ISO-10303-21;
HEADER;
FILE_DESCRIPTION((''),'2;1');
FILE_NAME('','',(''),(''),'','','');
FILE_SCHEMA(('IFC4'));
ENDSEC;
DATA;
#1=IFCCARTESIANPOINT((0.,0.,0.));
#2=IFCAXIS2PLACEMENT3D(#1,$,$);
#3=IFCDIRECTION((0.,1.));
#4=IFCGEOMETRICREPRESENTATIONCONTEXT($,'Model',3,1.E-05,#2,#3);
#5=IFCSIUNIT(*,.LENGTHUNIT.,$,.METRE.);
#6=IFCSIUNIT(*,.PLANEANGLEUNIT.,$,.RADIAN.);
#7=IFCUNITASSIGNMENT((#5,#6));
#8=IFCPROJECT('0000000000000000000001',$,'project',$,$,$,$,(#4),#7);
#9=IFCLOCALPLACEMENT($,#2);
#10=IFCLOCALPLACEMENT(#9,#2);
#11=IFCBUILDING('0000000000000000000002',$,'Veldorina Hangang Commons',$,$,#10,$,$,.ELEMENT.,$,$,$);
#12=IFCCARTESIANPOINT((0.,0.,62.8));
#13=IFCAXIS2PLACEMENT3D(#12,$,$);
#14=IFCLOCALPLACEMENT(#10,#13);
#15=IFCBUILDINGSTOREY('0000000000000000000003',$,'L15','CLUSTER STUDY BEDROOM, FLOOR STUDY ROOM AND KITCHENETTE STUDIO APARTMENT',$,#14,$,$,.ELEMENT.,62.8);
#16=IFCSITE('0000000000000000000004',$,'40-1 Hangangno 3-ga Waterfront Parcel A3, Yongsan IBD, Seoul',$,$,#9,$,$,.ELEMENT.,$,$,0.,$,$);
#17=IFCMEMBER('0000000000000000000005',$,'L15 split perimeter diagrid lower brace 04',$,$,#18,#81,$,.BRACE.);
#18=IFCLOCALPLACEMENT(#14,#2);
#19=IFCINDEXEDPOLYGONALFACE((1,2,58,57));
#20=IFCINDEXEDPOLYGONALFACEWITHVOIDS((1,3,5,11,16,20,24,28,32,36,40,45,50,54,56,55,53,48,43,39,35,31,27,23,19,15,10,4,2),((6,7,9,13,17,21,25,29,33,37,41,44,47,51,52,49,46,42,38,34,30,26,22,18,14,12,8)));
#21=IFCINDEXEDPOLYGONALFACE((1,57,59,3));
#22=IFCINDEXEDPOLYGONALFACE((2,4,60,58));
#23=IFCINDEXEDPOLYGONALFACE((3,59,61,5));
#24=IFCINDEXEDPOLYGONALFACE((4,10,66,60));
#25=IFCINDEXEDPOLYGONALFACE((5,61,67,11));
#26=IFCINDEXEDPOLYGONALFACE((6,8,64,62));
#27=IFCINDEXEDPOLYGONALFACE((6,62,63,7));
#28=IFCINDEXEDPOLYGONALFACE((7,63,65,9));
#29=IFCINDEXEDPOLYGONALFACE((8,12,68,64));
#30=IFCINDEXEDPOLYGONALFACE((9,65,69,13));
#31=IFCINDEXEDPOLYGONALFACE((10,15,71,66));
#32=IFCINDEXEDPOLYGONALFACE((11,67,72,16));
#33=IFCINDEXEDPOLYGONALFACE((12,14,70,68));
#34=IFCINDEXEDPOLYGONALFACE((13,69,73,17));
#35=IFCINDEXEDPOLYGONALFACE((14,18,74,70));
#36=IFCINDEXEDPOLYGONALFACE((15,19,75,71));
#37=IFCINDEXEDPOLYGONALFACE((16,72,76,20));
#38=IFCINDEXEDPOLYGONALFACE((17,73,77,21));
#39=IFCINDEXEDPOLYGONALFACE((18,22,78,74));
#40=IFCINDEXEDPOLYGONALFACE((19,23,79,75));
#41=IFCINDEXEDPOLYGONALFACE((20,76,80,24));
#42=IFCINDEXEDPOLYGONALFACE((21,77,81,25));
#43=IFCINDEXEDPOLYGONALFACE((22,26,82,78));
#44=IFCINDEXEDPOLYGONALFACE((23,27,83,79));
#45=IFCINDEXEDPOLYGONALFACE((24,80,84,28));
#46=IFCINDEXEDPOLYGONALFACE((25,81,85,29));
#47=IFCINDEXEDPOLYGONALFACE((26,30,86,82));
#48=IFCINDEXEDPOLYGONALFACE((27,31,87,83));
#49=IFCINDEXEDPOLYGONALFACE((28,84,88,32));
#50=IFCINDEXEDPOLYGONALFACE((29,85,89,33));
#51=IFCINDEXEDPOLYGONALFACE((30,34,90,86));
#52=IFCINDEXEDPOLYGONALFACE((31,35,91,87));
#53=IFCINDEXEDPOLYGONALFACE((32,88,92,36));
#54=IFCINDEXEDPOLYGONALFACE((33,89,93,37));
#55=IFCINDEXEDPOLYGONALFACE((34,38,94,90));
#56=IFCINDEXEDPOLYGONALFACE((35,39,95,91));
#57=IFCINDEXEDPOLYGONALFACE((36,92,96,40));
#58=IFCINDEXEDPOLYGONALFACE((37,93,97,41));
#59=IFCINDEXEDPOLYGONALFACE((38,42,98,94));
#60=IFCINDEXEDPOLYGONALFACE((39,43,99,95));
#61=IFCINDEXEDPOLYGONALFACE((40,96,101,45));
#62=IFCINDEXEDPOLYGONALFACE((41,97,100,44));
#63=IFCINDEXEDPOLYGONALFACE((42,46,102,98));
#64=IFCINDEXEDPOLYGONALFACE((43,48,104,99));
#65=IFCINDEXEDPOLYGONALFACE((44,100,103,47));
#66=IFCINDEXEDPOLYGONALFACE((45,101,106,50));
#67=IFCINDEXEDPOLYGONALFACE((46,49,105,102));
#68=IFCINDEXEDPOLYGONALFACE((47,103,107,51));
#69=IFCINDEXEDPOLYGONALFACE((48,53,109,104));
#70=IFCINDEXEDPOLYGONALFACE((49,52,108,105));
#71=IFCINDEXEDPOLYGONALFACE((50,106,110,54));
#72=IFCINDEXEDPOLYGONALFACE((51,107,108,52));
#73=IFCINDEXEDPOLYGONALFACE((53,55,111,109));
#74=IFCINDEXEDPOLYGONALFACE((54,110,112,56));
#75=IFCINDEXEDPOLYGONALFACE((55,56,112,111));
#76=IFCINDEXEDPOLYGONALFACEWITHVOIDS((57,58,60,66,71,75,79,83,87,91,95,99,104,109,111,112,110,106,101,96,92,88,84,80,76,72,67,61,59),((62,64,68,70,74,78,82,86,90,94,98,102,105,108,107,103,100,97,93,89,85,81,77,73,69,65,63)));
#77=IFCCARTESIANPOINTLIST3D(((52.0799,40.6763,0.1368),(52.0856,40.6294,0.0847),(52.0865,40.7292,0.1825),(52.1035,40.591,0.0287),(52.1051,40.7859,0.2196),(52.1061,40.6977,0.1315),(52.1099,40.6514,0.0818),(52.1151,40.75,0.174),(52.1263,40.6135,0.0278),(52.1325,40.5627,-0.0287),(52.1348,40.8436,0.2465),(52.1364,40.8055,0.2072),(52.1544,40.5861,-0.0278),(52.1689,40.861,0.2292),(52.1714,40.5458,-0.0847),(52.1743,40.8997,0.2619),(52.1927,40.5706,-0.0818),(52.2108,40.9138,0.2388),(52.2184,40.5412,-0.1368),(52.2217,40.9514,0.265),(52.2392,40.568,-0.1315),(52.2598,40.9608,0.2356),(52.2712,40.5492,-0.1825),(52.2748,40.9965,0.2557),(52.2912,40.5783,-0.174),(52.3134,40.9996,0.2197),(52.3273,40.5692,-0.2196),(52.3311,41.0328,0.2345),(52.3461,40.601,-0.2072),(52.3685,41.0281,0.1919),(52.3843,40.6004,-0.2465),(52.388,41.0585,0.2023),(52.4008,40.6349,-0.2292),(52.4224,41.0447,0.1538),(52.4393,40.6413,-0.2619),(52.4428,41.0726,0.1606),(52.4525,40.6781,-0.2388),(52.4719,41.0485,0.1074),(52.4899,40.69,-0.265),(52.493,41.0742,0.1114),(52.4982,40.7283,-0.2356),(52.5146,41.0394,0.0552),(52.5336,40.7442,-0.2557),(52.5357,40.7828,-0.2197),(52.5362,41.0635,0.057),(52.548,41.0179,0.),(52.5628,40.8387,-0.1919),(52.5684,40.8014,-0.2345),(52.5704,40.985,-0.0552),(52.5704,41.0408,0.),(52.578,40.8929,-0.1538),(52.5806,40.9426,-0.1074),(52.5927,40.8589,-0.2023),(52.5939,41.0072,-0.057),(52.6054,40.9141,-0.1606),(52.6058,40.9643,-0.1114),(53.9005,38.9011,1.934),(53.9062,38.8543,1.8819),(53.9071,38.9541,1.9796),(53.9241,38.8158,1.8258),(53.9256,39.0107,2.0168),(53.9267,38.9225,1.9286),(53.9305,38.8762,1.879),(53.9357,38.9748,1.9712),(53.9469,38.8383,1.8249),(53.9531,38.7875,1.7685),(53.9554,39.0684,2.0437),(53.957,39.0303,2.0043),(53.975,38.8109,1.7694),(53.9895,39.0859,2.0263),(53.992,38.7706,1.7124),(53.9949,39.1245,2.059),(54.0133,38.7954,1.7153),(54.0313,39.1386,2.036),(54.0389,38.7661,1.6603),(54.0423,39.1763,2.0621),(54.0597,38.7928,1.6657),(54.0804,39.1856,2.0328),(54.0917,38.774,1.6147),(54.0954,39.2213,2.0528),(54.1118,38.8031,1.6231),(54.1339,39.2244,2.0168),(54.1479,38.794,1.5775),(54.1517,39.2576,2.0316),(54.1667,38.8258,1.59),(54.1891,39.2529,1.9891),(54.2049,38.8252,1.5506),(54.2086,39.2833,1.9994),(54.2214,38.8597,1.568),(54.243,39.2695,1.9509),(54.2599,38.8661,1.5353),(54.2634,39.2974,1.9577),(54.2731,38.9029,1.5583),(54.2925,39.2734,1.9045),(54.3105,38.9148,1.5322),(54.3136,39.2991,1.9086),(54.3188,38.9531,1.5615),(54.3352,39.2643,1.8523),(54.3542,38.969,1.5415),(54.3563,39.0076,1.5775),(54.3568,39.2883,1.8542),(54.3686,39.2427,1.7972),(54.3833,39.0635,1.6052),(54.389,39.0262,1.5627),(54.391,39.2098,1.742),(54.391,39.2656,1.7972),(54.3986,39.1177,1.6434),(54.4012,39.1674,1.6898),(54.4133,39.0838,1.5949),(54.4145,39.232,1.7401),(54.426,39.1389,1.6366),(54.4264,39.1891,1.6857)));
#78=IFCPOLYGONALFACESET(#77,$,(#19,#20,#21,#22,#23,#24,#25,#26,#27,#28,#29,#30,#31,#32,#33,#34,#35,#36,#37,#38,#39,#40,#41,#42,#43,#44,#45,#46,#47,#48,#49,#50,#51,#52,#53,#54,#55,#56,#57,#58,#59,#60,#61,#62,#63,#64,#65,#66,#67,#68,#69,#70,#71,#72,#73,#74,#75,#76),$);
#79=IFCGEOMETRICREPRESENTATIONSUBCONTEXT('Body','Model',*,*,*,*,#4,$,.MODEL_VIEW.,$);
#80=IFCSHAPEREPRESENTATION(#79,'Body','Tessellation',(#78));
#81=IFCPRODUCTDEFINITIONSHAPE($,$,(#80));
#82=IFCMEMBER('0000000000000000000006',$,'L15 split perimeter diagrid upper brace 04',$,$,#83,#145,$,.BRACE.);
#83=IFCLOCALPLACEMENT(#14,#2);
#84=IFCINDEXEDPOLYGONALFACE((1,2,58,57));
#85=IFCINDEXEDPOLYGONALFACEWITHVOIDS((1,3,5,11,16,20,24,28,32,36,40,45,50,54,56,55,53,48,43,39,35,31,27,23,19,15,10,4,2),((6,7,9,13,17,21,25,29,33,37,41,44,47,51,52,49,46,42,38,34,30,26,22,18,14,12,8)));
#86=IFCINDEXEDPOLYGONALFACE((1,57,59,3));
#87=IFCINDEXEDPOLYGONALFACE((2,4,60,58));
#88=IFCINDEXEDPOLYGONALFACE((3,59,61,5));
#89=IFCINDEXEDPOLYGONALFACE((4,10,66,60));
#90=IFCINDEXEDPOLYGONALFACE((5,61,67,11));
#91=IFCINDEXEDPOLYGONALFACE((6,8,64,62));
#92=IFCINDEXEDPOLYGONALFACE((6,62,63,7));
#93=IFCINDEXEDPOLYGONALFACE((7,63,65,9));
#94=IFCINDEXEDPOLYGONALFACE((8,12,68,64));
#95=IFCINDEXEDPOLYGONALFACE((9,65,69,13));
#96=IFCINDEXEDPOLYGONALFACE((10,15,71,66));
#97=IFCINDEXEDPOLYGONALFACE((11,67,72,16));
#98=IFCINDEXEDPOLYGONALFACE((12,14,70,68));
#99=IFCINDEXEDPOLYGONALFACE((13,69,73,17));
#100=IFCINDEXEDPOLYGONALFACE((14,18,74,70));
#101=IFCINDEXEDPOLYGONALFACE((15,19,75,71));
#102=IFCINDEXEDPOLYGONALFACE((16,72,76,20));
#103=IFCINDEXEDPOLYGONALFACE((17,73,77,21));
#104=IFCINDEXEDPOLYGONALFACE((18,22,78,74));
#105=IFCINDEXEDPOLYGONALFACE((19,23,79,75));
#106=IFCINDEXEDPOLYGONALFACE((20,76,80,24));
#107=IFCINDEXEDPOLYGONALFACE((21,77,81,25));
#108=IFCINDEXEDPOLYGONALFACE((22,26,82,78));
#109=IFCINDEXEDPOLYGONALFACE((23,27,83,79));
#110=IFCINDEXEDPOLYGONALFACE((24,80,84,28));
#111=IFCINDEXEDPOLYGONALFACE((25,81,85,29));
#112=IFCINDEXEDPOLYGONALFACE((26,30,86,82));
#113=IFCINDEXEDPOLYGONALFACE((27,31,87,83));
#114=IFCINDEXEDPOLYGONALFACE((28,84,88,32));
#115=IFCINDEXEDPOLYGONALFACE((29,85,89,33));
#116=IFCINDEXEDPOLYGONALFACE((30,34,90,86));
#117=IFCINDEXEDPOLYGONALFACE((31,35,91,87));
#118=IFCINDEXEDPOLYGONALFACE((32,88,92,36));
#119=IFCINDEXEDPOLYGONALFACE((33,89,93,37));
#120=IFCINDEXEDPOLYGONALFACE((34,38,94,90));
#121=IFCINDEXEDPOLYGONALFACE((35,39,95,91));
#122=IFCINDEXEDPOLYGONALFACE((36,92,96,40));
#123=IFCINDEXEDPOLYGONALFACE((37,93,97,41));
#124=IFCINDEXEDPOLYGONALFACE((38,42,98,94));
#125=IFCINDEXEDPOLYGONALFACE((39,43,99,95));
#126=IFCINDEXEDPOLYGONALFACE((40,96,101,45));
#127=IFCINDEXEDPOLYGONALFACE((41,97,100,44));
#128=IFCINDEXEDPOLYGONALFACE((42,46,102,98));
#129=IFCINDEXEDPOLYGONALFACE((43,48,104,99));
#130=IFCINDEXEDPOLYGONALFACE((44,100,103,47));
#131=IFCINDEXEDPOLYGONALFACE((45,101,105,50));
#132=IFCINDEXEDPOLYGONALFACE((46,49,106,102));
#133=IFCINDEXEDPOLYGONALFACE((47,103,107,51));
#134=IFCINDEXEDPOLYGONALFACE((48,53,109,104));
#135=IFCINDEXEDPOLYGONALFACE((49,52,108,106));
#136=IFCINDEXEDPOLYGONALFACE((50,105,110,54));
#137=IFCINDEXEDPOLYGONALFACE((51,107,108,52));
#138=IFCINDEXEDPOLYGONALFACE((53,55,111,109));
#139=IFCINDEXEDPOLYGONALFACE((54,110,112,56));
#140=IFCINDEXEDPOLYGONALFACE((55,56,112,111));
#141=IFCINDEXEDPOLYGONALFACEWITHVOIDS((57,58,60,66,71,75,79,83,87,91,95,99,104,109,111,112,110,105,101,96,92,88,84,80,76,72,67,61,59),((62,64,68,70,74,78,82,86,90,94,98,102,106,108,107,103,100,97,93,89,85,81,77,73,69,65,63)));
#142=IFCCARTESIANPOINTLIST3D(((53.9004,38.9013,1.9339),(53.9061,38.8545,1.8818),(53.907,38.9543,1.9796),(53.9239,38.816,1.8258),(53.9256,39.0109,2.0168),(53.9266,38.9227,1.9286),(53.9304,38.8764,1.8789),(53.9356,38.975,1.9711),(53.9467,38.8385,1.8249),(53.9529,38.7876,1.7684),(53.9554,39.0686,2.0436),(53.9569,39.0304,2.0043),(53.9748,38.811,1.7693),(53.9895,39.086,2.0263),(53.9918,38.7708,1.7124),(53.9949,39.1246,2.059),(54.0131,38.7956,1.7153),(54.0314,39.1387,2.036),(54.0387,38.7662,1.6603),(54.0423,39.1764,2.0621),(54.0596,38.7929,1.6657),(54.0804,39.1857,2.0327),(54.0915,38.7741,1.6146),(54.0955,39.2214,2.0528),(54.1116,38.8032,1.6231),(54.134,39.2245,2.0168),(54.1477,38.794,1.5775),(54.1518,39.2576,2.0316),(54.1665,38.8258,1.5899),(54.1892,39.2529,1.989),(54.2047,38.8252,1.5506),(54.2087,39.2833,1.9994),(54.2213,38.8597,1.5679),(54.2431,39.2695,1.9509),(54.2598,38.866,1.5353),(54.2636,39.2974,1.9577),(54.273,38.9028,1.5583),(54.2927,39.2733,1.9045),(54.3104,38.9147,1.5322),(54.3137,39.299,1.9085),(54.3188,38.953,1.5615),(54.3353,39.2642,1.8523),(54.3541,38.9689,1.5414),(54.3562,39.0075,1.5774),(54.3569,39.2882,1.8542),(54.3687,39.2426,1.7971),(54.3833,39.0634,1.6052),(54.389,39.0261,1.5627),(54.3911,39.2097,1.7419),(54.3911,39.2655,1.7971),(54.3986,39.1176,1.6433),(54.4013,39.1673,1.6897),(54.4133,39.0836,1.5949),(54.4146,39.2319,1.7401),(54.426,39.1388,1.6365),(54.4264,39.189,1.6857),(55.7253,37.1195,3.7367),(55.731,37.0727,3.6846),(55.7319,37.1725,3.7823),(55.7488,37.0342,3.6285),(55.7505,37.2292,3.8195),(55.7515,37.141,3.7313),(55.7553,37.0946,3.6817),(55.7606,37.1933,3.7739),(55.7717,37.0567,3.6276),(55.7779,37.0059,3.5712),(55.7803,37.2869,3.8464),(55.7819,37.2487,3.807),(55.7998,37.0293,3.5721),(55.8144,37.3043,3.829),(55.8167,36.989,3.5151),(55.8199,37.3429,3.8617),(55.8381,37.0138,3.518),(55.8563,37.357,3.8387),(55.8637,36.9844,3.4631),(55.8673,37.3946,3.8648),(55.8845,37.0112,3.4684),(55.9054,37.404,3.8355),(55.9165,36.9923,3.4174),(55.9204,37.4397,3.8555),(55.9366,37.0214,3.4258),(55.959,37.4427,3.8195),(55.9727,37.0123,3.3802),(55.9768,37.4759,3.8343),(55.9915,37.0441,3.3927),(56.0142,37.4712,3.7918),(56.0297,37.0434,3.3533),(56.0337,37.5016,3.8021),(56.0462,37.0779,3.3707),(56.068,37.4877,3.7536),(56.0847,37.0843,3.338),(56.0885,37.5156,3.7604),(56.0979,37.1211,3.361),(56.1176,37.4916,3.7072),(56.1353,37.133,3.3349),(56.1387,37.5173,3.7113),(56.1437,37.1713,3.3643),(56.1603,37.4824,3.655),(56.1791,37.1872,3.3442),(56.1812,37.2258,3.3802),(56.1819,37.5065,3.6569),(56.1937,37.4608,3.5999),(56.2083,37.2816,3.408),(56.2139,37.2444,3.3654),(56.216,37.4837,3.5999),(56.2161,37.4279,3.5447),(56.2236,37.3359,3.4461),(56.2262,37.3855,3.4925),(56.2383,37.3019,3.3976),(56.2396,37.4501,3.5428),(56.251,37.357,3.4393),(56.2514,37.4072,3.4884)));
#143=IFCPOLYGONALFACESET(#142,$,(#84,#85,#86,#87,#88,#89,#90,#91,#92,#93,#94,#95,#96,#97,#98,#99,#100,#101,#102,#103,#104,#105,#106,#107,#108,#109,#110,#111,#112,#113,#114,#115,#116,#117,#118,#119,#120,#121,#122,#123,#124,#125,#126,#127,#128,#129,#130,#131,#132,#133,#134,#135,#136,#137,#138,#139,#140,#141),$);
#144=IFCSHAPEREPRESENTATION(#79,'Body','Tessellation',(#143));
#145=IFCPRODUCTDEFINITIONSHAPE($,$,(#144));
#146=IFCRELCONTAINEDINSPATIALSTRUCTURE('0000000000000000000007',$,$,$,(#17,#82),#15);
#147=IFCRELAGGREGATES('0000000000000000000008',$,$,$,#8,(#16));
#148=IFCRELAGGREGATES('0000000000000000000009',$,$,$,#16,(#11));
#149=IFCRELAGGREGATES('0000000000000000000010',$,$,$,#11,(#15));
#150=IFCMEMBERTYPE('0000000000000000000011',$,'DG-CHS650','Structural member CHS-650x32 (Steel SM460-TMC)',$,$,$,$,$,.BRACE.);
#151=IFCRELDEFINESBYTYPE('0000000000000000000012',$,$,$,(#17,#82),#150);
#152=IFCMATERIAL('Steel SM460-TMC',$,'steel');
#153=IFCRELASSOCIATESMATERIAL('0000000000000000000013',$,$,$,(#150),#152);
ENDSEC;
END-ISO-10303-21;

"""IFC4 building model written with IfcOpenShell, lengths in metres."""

from ifc_helpers import new_model, si_unit, direction, frame, origin, origin_2d, place, context, subcontext, project, spatial, hollow_circle, extrude, material, material_profile, profile_set, type_object, element, save


model = new_model("IFC4")

# Units and contexts
model_context = context("Model", 3, precision=1e-05, world=origin(), true_north=direction((0.0, 1.0)))
body_context = subcontext(model_context, "Body", "Model", "MODEL_VIEW")
ifc_project = project(units=[si_unit("LENGTHUNIT", "METRE"), si_unit("PLANEANGLEUNIT", "RADIAN")], contexts=[model_context])

# Site, building, storey
site_placement = place(None, origin())
site = spatial("IfcSite", under=ifc_project, at=site_placement, Name="40-1 Hangangno 3-ga Waterfront Parcel A3, Yongsan IBD, Seoul", CompositionType="ELEMENT", RefElevation=0.0)
building_placement = place(site_placement, origin())
building = spatial("IfcBuilding", under=site, at=building_placement, Name="Veldorina Hangang Commons", CompositionType="ELEMENT")
storey_placement = place(building_placement, frame((0.0, 0.0, 62.8)))
storey = spatial("IfcBuildingStorey", under=building, at=storey_placement, Name="L15", Description="CLUSTER STUDY BEDROOM, FLOOR STUDY ROOM AND KITCHENETTE STUDIO APARTMENT", CompositionType="ELEMENT", Elevation=62.8)

# Members
ifc_material_1 = material(Name="Steel SM460-TMC", Category="steel")
ifc_material_profile_1 = material_profile(ifc_material_1, hollow_circle(Radius=0.325, WallThickness=0.032, at=origin_2d()), Name="CHS-650x32")
ifc_profile_set_1 = profile_set([ifc_material_profile_1], Name="Steel SM460-TMC")
member_type = type_object("IfcMemberType", Name="DG-CHS650", Description="Structural member CHS-650x32 (Steel SM460-TMC)", PredefinedType="BRACE", material=ifc_profile_set_1)
member_1_placement = place(storey_placement, frame((52.3435, 40.8081, 0.0), z_axis=(0.58469, -0.570106, 0.577163), x_axis=(0.698121, 0.71598, 0.0)))
element("IfcMember", 1, at=member_1_placement, inside=storey, type_object=member_type, Name="L15 split perimeter diagrid lower brace 04", PredefinedType="BRACE", context=body_context, shape_type="SweptSolid", body=[
    extrude(hollow_circle(Radius=0.325, WallThickness=0.032, at=origin_2d()), origin(), (0.0, 0.0, 1.0), 3.1138),
])
member_2_placement = place(storey_placement, frame((54.1641, 39.033, 1.7971), z_axis=(0.584306, -0.57047, 0.577192), x_axis=(0.698585, 0.715527, 0.0)))
element("IfcMember", 2, at=member_2_placement, inside=storey, type_object=member_type, Name="L15 split perimeter diagrid upper brace 04", PredefinedType="BRACE", context=body_context, shape_type="SweptSolid", body=[
    extrude(hollow_circle(Radius=0.325, WallThickness=0.032, at=origin_2d()), origin(), (0.0, 0.0, 1.0), 3.1233),
])

save(model, "model.ifc")
